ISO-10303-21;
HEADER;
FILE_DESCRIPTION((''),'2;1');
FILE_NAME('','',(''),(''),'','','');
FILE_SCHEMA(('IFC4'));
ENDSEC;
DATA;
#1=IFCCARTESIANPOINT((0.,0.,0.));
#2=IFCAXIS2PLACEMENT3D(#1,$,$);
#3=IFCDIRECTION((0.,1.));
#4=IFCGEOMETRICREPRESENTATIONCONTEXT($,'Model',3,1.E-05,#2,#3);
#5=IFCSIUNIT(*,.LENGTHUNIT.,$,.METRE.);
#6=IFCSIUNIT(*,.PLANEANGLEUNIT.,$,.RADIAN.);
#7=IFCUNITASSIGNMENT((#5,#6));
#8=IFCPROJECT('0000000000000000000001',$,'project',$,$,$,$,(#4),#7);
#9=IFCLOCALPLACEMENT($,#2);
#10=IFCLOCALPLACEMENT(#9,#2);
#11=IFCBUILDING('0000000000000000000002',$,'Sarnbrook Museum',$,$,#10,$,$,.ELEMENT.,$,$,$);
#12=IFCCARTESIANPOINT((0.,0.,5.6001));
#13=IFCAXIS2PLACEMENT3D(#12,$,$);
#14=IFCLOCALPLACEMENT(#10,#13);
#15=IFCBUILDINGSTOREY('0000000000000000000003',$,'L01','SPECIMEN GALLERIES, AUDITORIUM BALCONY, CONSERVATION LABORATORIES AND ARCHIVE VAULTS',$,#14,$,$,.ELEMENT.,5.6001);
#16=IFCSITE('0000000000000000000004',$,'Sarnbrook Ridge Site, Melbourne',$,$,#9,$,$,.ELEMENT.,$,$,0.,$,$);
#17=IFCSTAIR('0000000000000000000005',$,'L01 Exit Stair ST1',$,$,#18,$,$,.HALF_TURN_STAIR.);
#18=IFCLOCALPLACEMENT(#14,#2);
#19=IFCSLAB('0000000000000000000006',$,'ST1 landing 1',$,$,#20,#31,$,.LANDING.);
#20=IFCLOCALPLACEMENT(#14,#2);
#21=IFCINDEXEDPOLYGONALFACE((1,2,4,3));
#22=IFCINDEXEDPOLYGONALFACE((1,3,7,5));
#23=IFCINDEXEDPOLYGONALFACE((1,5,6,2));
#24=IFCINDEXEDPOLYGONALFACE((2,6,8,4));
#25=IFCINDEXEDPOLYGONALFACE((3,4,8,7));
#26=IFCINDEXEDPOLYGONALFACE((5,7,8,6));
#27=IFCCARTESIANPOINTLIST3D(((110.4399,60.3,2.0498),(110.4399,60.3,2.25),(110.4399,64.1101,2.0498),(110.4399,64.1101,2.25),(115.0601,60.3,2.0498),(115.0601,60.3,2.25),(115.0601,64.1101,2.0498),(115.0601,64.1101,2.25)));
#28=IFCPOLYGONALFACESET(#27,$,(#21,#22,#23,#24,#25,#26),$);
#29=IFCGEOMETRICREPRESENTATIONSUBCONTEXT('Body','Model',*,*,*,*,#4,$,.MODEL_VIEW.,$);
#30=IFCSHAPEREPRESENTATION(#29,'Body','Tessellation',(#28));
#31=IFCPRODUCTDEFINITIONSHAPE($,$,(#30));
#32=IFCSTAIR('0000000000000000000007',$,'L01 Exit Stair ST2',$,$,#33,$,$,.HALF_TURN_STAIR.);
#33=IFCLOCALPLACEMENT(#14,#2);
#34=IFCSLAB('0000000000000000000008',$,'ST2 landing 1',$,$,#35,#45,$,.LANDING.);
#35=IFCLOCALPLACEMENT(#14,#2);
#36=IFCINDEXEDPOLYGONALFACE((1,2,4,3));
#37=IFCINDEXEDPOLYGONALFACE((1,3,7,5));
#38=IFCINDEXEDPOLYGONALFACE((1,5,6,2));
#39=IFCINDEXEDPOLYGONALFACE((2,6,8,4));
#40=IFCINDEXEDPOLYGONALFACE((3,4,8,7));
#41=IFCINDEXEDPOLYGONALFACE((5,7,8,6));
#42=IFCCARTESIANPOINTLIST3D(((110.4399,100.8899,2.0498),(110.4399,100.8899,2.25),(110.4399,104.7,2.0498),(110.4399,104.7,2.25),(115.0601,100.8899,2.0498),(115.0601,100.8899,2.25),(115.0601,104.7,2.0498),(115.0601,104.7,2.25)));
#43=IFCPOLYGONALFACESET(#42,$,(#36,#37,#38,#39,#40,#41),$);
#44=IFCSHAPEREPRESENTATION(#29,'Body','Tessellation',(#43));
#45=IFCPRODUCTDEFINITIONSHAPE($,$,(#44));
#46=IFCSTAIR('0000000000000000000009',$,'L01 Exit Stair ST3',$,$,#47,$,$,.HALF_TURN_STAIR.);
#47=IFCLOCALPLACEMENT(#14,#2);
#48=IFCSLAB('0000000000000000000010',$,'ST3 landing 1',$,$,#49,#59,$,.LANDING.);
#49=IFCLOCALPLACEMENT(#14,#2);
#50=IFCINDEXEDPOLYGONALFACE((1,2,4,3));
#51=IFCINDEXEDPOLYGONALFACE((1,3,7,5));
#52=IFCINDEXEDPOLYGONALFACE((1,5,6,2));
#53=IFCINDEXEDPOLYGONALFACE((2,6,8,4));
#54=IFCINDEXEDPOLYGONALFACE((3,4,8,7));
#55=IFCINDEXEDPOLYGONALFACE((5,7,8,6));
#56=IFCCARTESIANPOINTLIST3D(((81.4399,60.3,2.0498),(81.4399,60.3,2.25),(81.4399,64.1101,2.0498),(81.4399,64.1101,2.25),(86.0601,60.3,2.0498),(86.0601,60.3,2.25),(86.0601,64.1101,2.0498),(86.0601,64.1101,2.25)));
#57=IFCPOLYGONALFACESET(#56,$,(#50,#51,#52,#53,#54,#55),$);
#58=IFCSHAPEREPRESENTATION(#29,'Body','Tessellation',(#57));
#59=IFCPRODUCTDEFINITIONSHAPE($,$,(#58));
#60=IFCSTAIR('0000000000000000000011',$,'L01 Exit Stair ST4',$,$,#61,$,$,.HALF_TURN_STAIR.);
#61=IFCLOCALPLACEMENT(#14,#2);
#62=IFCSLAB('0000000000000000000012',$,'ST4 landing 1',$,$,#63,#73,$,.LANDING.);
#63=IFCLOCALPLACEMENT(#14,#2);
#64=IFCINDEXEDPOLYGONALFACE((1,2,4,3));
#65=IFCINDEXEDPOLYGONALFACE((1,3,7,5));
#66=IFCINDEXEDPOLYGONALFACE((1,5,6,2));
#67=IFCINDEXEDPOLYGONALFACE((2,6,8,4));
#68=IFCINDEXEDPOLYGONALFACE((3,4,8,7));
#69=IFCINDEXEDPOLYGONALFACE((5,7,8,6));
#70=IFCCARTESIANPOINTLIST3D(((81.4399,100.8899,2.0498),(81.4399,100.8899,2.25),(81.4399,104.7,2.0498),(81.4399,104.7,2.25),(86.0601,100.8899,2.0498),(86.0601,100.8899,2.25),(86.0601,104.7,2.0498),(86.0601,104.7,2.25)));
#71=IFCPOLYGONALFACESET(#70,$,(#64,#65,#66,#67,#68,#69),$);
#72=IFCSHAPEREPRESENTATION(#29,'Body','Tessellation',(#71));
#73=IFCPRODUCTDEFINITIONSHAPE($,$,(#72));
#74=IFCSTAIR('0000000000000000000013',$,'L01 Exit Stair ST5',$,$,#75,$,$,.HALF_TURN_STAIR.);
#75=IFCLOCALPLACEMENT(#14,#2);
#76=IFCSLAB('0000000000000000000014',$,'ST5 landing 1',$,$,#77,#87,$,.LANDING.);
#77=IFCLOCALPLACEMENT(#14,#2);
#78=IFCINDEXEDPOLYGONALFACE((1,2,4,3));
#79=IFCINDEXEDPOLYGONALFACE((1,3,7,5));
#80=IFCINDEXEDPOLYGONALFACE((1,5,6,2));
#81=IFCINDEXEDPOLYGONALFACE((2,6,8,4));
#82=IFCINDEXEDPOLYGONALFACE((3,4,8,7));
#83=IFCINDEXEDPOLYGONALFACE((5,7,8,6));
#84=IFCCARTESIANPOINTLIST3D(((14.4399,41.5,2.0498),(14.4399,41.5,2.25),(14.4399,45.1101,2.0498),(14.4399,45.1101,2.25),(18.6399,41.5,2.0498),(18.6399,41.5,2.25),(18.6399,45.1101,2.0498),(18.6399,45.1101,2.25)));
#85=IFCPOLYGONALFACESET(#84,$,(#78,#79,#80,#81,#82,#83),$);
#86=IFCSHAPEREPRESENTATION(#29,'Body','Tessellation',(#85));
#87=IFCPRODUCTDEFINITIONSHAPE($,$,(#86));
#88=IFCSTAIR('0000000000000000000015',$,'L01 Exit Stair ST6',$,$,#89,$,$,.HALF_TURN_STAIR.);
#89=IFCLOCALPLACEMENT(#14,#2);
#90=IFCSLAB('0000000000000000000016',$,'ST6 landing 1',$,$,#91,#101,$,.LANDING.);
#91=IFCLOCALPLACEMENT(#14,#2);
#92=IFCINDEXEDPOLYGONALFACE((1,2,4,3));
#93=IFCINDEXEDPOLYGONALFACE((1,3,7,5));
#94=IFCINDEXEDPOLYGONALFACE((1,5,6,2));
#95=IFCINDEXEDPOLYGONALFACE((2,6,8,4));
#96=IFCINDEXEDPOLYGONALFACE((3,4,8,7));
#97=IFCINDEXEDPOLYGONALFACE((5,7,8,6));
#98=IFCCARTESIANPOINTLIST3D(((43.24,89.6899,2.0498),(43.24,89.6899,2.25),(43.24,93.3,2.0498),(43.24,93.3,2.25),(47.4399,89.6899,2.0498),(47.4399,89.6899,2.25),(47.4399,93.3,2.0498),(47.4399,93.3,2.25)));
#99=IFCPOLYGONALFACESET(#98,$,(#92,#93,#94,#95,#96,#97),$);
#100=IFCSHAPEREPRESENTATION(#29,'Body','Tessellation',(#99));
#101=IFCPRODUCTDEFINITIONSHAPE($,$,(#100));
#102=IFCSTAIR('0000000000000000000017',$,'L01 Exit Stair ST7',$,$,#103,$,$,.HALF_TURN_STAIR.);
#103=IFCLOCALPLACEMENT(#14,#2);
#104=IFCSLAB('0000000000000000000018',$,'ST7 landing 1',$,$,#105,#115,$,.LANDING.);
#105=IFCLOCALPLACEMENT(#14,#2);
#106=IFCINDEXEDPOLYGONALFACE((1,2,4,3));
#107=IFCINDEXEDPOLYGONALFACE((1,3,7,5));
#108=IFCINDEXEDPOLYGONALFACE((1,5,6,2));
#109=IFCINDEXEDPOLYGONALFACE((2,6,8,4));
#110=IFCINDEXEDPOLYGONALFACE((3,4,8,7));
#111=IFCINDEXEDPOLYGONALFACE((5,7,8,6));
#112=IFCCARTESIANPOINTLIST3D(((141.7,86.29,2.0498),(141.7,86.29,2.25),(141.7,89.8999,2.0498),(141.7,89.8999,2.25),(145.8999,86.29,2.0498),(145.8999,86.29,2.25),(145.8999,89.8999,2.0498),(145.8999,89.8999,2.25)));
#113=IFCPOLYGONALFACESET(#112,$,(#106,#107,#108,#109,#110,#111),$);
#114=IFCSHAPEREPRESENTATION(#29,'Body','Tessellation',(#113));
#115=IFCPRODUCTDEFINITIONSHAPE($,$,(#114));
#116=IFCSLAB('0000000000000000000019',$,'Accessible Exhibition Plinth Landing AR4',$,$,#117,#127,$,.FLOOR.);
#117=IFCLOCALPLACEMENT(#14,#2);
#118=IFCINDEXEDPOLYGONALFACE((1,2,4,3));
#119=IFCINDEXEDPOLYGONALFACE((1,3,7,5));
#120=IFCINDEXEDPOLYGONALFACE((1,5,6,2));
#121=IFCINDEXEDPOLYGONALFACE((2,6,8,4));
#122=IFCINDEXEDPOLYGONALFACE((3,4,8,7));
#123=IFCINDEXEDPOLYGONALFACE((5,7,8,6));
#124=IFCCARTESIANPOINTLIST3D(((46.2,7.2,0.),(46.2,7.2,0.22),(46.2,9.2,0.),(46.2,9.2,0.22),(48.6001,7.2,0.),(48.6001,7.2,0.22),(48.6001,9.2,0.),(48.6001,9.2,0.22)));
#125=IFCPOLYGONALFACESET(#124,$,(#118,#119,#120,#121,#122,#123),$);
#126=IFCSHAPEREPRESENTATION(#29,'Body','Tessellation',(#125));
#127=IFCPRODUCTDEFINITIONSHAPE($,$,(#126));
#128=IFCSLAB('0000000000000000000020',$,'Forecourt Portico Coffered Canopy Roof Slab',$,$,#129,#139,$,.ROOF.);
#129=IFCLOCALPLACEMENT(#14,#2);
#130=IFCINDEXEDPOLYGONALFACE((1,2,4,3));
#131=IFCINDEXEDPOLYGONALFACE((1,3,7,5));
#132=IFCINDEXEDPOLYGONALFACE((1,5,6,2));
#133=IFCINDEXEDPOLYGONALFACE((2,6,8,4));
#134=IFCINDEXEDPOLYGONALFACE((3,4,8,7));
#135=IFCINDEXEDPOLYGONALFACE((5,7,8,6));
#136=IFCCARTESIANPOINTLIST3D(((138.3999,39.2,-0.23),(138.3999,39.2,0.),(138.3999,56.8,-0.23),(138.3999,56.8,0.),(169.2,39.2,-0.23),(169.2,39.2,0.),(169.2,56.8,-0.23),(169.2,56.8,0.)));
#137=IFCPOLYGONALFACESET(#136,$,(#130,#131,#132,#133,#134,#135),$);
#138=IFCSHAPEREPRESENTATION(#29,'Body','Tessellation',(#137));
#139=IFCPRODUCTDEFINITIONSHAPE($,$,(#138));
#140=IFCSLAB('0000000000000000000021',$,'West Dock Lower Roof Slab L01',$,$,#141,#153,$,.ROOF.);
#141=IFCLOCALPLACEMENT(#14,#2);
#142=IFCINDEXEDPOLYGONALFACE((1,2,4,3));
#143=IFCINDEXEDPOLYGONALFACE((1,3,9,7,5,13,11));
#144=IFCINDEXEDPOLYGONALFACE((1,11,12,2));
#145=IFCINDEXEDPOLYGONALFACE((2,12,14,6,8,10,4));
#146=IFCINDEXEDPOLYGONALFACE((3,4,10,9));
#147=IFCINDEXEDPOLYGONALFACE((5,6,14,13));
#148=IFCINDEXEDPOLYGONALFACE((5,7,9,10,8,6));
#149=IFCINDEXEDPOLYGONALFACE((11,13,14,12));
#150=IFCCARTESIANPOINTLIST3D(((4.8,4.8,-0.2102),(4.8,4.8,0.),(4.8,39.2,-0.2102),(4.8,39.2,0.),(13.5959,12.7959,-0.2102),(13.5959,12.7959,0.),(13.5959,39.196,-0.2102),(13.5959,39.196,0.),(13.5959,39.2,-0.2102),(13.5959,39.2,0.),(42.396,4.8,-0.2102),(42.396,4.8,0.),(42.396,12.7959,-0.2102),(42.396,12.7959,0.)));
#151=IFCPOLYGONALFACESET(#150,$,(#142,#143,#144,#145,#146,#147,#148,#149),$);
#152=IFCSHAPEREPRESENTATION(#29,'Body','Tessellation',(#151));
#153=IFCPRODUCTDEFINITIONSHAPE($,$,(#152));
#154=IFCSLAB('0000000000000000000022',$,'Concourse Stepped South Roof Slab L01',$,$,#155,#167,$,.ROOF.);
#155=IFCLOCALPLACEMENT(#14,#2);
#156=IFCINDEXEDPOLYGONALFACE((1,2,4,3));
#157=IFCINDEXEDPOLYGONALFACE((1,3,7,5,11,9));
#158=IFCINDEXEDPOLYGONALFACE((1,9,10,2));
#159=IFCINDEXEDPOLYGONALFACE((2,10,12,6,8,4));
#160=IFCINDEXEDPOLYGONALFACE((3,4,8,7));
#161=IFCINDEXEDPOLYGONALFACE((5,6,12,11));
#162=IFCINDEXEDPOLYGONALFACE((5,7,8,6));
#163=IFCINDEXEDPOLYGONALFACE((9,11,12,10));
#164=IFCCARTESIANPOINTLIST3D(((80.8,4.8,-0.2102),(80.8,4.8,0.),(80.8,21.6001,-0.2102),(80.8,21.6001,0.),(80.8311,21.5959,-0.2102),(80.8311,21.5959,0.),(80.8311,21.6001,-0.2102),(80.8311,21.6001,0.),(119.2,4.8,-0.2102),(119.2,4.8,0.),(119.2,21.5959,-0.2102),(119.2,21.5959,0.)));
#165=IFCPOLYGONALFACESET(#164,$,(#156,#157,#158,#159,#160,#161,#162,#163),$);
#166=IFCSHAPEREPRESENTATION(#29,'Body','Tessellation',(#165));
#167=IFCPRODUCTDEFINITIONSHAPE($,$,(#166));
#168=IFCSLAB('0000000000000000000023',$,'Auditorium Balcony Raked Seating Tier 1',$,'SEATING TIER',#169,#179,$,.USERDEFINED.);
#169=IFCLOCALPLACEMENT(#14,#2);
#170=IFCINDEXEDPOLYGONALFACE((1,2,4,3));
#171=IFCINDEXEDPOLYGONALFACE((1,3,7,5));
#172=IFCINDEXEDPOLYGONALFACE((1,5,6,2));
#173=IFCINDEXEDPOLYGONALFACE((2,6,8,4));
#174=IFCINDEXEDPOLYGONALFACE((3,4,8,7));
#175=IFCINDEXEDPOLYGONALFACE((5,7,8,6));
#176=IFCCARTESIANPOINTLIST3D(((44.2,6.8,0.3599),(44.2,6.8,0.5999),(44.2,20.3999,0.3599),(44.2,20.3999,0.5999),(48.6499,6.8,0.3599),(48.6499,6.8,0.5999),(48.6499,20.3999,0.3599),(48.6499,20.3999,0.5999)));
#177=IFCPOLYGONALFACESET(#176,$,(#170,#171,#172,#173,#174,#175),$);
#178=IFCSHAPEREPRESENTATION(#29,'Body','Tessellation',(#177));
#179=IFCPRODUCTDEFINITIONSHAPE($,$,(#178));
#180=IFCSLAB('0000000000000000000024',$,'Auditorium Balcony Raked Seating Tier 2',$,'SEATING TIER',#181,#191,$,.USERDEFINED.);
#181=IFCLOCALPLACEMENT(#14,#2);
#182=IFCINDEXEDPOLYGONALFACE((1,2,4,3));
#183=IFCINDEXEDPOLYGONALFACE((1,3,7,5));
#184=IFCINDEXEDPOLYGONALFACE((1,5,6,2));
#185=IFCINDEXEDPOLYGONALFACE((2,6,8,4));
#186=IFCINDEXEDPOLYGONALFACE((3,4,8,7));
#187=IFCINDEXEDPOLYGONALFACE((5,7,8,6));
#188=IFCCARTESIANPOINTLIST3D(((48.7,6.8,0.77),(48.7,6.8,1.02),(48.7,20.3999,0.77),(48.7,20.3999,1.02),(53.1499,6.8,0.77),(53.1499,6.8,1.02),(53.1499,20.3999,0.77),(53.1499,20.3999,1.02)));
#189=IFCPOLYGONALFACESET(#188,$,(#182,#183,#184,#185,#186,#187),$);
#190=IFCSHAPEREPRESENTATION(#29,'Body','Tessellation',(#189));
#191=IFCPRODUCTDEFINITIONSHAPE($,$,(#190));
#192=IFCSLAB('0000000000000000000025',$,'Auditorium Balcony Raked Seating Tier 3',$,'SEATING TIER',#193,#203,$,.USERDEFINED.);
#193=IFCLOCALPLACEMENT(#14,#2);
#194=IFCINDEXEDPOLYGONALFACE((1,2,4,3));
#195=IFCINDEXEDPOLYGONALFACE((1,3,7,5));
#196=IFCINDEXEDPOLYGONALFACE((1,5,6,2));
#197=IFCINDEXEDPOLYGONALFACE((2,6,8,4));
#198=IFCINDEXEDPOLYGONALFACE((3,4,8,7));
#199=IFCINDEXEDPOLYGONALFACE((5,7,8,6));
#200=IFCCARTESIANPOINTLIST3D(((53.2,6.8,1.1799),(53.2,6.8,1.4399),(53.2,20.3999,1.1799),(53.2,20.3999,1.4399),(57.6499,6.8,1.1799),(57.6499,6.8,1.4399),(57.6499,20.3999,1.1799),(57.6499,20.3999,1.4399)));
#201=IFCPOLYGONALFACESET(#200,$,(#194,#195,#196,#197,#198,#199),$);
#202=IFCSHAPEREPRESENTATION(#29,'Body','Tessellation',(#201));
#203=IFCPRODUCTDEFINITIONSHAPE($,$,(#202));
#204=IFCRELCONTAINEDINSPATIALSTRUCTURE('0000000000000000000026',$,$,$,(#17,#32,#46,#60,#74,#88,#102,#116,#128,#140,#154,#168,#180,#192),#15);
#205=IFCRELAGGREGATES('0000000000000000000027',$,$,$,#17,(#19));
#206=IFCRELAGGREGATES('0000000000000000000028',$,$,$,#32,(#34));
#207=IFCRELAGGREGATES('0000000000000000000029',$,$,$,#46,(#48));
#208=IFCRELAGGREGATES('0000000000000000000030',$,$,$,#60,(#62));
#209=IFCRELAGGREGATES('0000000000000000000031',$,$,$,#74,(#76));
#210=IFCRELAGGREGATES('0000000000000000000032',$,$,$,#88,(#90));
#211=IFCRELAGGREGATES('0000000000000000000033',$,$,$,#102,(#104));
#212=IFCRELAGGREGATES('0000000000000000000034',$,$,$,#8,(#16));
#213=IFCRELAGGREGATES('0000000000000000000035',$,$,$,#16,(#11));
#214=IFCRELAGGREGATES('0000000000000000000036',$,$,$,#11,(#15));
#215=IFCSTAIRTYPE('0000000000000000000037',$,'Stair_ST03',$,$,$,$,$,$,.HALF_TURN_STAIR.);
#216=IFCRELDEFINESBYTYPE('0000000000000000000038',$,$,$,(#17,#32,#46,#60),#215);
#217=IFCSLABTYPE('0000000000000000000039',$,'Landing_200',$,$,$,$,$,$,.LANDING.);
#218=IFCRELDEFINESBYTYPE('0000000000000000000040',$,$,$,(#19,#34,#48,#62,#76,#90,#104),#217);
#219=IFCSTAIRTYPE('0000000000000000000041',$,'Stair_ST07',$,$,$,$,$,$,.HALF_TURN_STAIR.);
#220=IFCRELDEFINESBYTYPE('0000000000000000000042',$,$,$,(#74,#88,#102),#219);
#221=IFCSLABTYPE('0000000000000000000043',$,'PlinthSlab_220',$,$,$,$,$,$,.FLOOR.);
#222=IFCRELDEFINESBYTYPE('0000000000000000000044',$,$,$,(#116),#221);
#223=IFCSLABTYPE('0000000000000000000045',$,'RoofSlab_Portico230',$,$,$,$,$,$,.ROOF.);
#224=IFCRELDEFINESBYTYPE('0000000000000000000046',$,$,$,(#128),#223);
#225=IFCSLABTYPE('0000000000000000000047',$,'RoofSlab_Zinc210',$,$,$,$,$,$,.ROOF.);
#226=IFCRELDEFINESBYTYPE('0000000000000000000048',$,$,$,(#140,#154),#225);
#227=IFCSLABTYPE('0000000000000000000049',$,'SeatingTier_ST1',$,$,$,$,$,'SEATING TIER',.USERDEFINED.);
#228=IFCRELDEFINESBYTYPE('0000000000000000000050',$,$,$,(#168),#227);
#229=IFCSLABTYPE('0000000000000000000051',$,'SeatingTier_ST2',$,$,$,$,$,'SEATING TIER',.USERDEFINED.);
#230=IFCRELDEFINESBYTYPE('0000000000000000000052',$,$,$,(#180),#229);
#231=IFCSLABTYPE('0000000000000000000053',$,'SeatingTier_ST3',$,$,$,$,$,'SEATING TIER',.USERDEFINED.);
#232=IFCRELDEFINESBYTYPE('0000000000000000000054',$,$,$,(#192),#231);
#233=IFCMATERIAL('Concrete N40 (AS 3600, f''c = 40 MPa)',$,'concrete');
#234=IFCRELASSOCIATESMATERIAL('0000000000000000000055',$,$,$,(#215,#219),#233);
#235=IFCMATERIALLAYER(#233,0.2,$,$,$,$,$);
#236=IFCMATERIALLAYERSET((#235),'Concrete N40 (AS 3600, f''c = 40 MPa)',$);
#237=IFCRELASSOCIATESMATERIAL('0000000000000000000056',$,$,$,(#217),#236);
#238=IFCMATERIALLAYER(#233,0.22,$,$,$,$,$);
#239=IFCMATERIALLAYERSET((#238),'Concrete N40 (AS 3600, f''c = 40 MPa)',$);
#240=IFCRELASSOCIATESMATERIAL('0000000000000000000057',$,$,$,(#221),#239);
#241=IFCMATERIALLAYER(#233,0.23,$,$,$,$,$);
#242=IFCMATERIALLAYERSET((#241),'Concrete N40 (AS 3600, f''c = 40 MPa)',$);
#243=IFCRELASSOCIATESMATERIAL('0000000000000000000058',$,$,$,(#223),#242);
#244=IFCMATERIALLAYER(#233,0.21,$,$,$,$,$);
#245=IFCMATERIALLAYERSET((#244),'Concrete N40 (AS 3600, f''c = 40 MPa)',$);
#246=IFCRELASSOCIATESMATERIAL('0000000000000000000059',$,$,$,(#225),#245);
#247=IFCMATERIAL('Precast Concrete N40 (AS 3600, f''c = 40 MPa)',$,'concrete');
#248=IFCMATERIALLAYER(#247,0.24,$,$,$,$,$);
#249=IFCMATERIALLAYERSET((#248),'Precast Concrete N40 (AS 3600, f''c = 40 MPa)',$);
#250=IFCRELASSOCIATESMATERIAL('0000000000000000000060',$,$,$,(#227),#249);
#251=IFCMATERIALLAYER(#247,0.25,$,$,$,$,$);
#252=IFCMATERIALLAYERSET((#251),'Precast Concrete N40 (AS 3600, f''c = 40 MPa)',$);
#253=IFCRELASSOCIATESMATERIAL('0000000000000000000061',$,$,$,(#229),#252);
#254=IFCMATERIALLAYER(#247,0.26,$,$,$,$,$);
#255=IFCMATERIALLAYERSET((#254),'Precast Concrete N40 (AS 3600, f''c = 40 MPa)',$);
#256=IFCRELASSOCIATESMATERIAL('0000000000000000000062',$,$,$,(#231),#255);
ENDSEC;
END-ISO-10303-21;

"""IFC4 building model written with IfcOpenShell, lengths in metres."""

from ifc_helpers import new_model, si_unit, direction, frame, origin, place, context, subcontext, project, spatial, polyline, outline, extrude, material, layer, layer_set, type_object, element, aggregate, save


model = new_model("IFC4")

# Units and contexts
model_context = context("Model", 3, precision=1e-05, world=origin(), true_north=direction((0.0, 1.0)))
body_context = subcontext(model_context, "Body", "Model", "MODEL_VIEW")
ifc_project = project(units=[si_unit("LENGTHUNIT", "METRE"), si_unit("PLANEANGLEUNIT", "RADIAN")], contexts=[model_context])

# Site, building, storey
site_placement = place(None, origin())
site = spatial("IfcSite", under=ifc_project, at=site_placement, Name="Sarnbrook Ridge Site, Melbourne", CompositionType="ELEMENT", RefElevation=0.0)
building_placement = place(site_placement, origin())
building = spatial("IfcBuilding", under=site, at=building_placement, Name="Sarnbrook Museum", CompositionType="ELEMENT")
storey_placement = place(building_placement, frame((0.0, 0.0, 5.6001)))
storey = spatial("IfcBuildingStorey", under=building, at=storey_placement, Name="L01", Description="SPECIMEN GALLERIES, AUDITORIUM BALCONY, CONSERVATION LABORATORIES AND ARCHIVE VAULTS", CompositionType="ELEMENT", Elevation=5.6001)

# Shared definitions
ifc_material_1 = material(Name="Concrete N40 (AS 3600, f'c = 40 MPa)", Category="concrete")

# Stairs, slabs
stair_type_1 = type_object("IfcStairType", Name="Stair_ST03", PredefinedType="HALF_TURN_STAIR", material=ifc_material_1)
stair_1_placement = place(storey_placement, origin())
stair_1 = element("IfcStair", 1, at=stair_1_placement, inside=storey, type_object=stair_type_1, Name="L01 Exit Stair ST1", PredefinedType="HALF_TURN_STAIR")
ifc_layer_1 = layer(ifc_material_1, 0.2)
ifc_layer_set_1 = layer_set([ifc_layer_1], Name="Concrete N40 (AS 3600, f'c = 40 MPa)")
slab_type_1 = type_object("IfcSlabType", Name="Landing_200", PredefinedType="LANDING", material=ifc_layer_set_1)
slab_1_placement = place(storey_placement, frame((0.0, 0.0, 2.0498)))
slab_1 = element("IfcSlab", 2, at=slab_1_placement, type_object=slab_type_1, Name="ST1 landing 1", PredefinedType="LANDING", context=body_context, shape_type="SweptSolid", body=[
    extrude(outline(polyline([(110.4399, 64.1101), (110.4399, 60.3), (115.0601, 60.3), (115.0601, 64.1101), (110.4399, 64.1101)])), origin(), (0.0, 0.0, 1.0), 0.2002),
])
aggregate(stair_1, [slab_1])
stair_2_placement = place(storey_placement, origin())
stair_2 = element("IfcStair", 3, at=stair_2_placement, inside=storey, type_object=stair_type_1, Name="L01 Exit Stair ST2", PredefinedType="HALF_TURN_STAIR")
slab_2_placement = place(storey_placement, frame((0.0, 0.0, 2.0498)))
slab_2 = element("IfcSlab", 4, at=slab_2_placement, type_object=slab_type_1, Name="ST2 landing 1", PredefinedType="LANDING", context=body_context, shape_type="SweptSolid", body=[
    extrude(outline(polyline([(115.0601, 100.8899), (115.0601, 104.7), (110.4399, 104.7), (110.4399, 100.8899), (115.0601, 100.8899)])), origin(), (0.0, 0.0, 1.0), 0.2002),
])
aggregate(stair_2, [slab_2])
stair_3_placement = place(storey_placement, origin())
stair_3 = element("IfcStair", 5, at=stair_3_placement, inside=storey, type_object=stair_type_1, Name="L01 Exit Stair ST3", PredefinedType="HALF_TURN_STAIR")
slab_3_placement = place(storey_placement, frame((0.0, 0.0, 2.0498)))
slab_3 = element("IfcSlab", 6, at=slab_3_placement, type_object=slab_type_1, Name="ST3 landing 1", PredefinedType="LANDING", context=body_context, shape_type="SweptSolid", body=[
    extrude(outline(polyline([(81.4399, 64.1101), (81.4399, 60.3), (86.0601, 60.3), (86.0601, 64.1101), (81.4399, 64.1101)])), origin(), (0.0, 0.0, 1.0), 0.2002),
])
aggregate(stair_3, [slab_3])
stair_4_placement = place(storey_placement, origin())
stair_4 = element("IfcStair", 7, at=stair_4_placement, inside=storey, type_object=stair_type_1, Name="L01 Exit Stair ST4", PredefinedType="HALF_TURN_STAIR")
slab_4_placement = place(storey_placement, frame((0.0, 0.0, 2.0498)))
slab_4 = element("IfcSlab", 8, at=slab_4_placement, type_object=slab_type_1, Name="ST4 landing 1", PredefinedType="LANDING", context=body_context, shape_type="SweptSolid", body=[
    extrude(outline(polyline([(86.0601, 100.8899), (86.0601, 104.7), (81.4399, 104.7), (81.4399, 100.8899), (86.0601, 100.8899)])), origin(), (0.0, 0.0, 1.0), 0.2002),
])
aggregate(stair_4, [slab_4])
stair_type_2 = type_object("IfcStairType", Name="Stair_ST07", PredefinedType="HALF_TURN_STAIR", material=ifc_material_1)
stair_5_placement = place(storey_placement, origin())
stair_5 = element("IfcStair", 9, at=stair_5_placement, inside=storey, type_object=stair_type_2, Name="L01 Exit Stair ST5", PredefinedType="HALF_TURN_STAIR")
slab_5_placement = place(storey_placement, frame((0.0, 0.0, 2.0498)))
slab_5 = element("IfcSlab", 10, at=slab_5_placement, type_object=slab_type_1, Name="ST5 landing 1", PredefinedType="LANDING", context=body_context, shape_type="SweptSolid", body=[
    extrude(outline(polyline([(14.4399, 45.1101), (14.4399, 41.5), (18.6399, 41.5), (18.6399, 45.1101), (14.4399, 45.1101)])), origin(), (0.0, 0.0, 1.0), 0.2002),
])
aggregate(stair_5, [slab_5])
stair_6_placement = place(storey_placement, origin())
stair_6 = element("IfcStair", 11, at=stair_6_placement, inside=storey, type_object=stair_type_2, Name="L01 Exit Stair ST6", PredefinedType="HALF_TURN_STAIR")
slab_6_placement = place(storey_placement, frame((0.0, 0.0, 2.0498)))
slab_6 = element("IfcSlab", 12, at=slab_6_placement, type_object=slab_type_1, Name="ST6 landing 1", PredefinedType="LANDING", context=body_context, shape_type="SweptSolid", body=[
    extrude(outline(polyline([(47.4399, 89.6899), (47.4399, 93.3), (43.24, 93.3), (43.24, 89.6899), (47.4399, 89.6899)])), origin(), (0.0, 0.0, 1.0), 0.2002),
])
aggregate(stair_6, [slab_6])
stair_7_placement = place(storey_placement, origin())
stair_7 = element("IfcStair", 13, at=stair_7_placement, inside=storey, type_object=stair_type_2, Name="L01 Exit Stair ST7", PredefinedType="HALF_TURN_STAIR")
slab_7_placement = place(storey_placement, frame((0.0, 0.0, 2.0498)))
slab_7 = element("IfcSlab", 14, at=slab_7_placement, type_object=slab_type_1, Name="ST7 landing 1", PredefinedType="LANDING", context=body_context, shape_type="SweptSolid", body=[
    extrude(outline(polyline([(145.8999, 86.29), (145.8999, 89.8999), (141.7, 89.8999), (141.7, 86.29), (145.8999, 86.29)])), origin(), (0.0, 0.0, 1.0), 0.2002),
])
aggregate(stair_7, [slab_7])

# Slabs
ifc_layer_2 = layer(ifc_material_1, 0.22)
ifc_layer_set_2 = layer_set([ifc_layer_2], Name="Concrete N40 (AS 3600, f'c = 40 MPa)")
slab_type_2 = type_object("IfcSlabType", Name="PlinthSlab_220", PredefinedType="FLOOR", material=ifc_layer_set_2)
slab_8_placement = place(storey_placement, origin())
element("IfcSlab", 15, at=slab_8_placement, inside=storey, type_object=slab_type_2, Name="Accessible Exhibition Plinth Landing AR4", PredefinedType="FLOOR", context=body_context, shape_type="SweptSolid", body=[
    extrude(outline(polyline([(46.2, 7.2), (48.6001, 7.2), (48.6001, 9.2), (46.2, 9.2), (46.2, 7.2)])), origin(), (0.0, 0.0, 1.0), 0.22),
])
ifc_layer_3 = layer(ifc_material_1, 0.23)
ifc_layer_set_3 = layer_set([ifc_layer_3], Name="Concrete N40 (AS 3600, f'c = 40 MPa)")
slab_type_3 = type_object("IfcSlabType", Name="RoofSlab_Portico230", PredefinedType="ROOF", material=ifc_layer_set_3)
slab_9_placement = place(storey_placement, frame((0.0, 0.0, -0.23)))
element("IfcSlab", 16, at=slab_9_placement, inside=storey, type_object=slab_type_3, Name="Forecourt Portico Coffered Canopy Roof Slab", PredefinedType="ROOF", context=body_context, shape_type="SweptSolid", body=[
    extrude(outline(polyline([(138.3999, 39.2), (138.3999, 56.8), (169.2, 56.8), (169.2, 39.2), (138.3999, 39.2)])), origin(), (0.0, 0.0, 1.0), 0.23),
])
ifc_layer_4 = layer(ifc_material_1, 0.21)
ifc_layer_set_4 = layer_set([ifc_layer_4], Name="Concrete N40 (AS 3600, f'c = 40 MPa)")
slab_type_4 = type_object("IfcSlabType", Name="RoofSlab_Zinc210", PredefinedType="ROOF", material=ifc_layer_set_4)
slab_10_placement = place(storey_placement, frame((0.0, 0.0, -0.2102)))
element("IfcSlab", 17, at=slab_10_placement, inside=storey, type_object=slab_type_4, Name="West Dock Lower Roof Slab L01", PredefinedType="ROOF", context=body_context, shape_type="SweptSolid", body=[
    extrude(outline(polyline([(4.8, 4.8), (4.8, 39.2), (13.5959, 39.2), (13.5959, 39.2), (13.5959, 39.196), (13.5959, 12.7959), (42.396, 12.7959), (42.396, 4.8), (4.8, 4.8)])), origin(), (0.0, 0.0, 1.0), 0.2102),
])
slab_11_placement = place(storey_placement, frame((0.0, 0.0, -0.2102)))
element("IfcSlab", 18, at=slab_11_placement, inside=storey, type_object=slab_type_4, Name="Concourse Stepped South Roof Slab L01", PredefinedType="ROOF", context=body_context, shape_type="SweptSolid", body=[
    extrude(outline(polyline([(119.2, 4.8), (80.8, 4.8), (80.8, 21.6001), (80.8311, 21.6001), (80.8311, 21.5959), (119.2, 21.5959), (119.2, 4.8)])), origin(), (0.0, 0.0, 1.0), 0.2102),
])
ifc_material_2 = material(Name="Precast Concrete N40 (AS 3600, f'c = 40 MPa)", Category="concrete")
ifc_layer_5 = layer(ifc_material_2, 0.24)
ifc_layer_set_5 = layer_set([ifc_layer_5], Name="Precast Concrete N40 (AS 3600, f'c = 40 MPa)")
slab_type_5 = type_object("IfcSlabType", Name="SeatingTier_ST1", ElementType="SEATING TIER", PredefinedType="USERDEFINED", material=ifc_layer_set_5)
slab_12_placement = place(storey_placement, frame((0.0, 0.0, 0.3599)))
element("IfcSlab", 19, at=slab_12_placement, inside=storey, type_object=slab_type_5, Name="Auditorium Balcony Raked Seating Tier 1", ObjectType="SEATING TIER", PredefinedType="USERDEFINED", context=body_context, shape_type="SweptSolid", body=[
    extrude(outline(polyline([(44.2, 6.8), (48.6499, 6.8), (48.6499, 20.3999), (44.2, 20.3999), (44.2, 6.8)])), origin(), (0.0, 0.0, 1.0), 0.24),
])
ifc_layer_6 = layer(ifc_material_2, 0.25)
ifc_layer_set_6 = layer_set([ifc_layer_6], Name="Precast Concrete N40 (AS 3600, f'c = 40 MPa)")
slab_type_6 = type_object("IfcSlabType", Name="SeatingTier_ST2", ElementType="SEATING TIER", PredefinedType="USERDEFINED", material=ifc_layer_set_6)
slab_13_placement = place(storey_placement, frame((0.0, 0.0, 0.77)))
element("IfcSlab", 20, at=slab_13_placement, inside=storey, type_object=slab_type_6, Name="Auditorium Balcony Raked Seating Tier 2", ObjectType="SEATING TIER", PredefinedType="USERDEFINED", context=body_context, shape_type="SweptSolid", body=[
    extrude(outline(polyline([(48.7, 6.8), (53.1499, 6.8), (53.1499, 20.3999), (48.7, 20.3999), (48.7, 6.8)])), origin(), (0.0, 0.0, 1.0), 0.25),
])
ifc_layer_7 = layer(ifc_material_2, 0.26)
ifc_layer_set_7 = layer_set([ifc_layer_7], Name="Precast Concrete N40 (AS 3600, f'c = 40 MPa)")
slab_type_7 = type_object("IfcSlabType", Name="SeatingTier_ST3", ElementType="SEATING TIER", PredefinedType="USERDEFINED", material=ifc_layer_set_7)
slab_14_placement = place(storey_placement, frame((0.0, 0.0, 1.1799)))
element("IfcSlab", 21, at=slab_14_placement, inside=storey, type_object=slab_type_7, Name="Auditorium Balcony Raked Seating Tier 3", ObjectType="SEATING TIER", PredefinedType="USERDEFINED", context=body_context, shape_type="SweptSolid", body=[
    extrude(outline(polyline([(53.2, 6.8), (57.6499, 6.8), (57.6499, 20.3999), (53.2, 20.3999), (53.2, 6.8)])), origin(), (0.0, 0.0, 1.0), 0.26),
])

save(model, "model.ifc")
